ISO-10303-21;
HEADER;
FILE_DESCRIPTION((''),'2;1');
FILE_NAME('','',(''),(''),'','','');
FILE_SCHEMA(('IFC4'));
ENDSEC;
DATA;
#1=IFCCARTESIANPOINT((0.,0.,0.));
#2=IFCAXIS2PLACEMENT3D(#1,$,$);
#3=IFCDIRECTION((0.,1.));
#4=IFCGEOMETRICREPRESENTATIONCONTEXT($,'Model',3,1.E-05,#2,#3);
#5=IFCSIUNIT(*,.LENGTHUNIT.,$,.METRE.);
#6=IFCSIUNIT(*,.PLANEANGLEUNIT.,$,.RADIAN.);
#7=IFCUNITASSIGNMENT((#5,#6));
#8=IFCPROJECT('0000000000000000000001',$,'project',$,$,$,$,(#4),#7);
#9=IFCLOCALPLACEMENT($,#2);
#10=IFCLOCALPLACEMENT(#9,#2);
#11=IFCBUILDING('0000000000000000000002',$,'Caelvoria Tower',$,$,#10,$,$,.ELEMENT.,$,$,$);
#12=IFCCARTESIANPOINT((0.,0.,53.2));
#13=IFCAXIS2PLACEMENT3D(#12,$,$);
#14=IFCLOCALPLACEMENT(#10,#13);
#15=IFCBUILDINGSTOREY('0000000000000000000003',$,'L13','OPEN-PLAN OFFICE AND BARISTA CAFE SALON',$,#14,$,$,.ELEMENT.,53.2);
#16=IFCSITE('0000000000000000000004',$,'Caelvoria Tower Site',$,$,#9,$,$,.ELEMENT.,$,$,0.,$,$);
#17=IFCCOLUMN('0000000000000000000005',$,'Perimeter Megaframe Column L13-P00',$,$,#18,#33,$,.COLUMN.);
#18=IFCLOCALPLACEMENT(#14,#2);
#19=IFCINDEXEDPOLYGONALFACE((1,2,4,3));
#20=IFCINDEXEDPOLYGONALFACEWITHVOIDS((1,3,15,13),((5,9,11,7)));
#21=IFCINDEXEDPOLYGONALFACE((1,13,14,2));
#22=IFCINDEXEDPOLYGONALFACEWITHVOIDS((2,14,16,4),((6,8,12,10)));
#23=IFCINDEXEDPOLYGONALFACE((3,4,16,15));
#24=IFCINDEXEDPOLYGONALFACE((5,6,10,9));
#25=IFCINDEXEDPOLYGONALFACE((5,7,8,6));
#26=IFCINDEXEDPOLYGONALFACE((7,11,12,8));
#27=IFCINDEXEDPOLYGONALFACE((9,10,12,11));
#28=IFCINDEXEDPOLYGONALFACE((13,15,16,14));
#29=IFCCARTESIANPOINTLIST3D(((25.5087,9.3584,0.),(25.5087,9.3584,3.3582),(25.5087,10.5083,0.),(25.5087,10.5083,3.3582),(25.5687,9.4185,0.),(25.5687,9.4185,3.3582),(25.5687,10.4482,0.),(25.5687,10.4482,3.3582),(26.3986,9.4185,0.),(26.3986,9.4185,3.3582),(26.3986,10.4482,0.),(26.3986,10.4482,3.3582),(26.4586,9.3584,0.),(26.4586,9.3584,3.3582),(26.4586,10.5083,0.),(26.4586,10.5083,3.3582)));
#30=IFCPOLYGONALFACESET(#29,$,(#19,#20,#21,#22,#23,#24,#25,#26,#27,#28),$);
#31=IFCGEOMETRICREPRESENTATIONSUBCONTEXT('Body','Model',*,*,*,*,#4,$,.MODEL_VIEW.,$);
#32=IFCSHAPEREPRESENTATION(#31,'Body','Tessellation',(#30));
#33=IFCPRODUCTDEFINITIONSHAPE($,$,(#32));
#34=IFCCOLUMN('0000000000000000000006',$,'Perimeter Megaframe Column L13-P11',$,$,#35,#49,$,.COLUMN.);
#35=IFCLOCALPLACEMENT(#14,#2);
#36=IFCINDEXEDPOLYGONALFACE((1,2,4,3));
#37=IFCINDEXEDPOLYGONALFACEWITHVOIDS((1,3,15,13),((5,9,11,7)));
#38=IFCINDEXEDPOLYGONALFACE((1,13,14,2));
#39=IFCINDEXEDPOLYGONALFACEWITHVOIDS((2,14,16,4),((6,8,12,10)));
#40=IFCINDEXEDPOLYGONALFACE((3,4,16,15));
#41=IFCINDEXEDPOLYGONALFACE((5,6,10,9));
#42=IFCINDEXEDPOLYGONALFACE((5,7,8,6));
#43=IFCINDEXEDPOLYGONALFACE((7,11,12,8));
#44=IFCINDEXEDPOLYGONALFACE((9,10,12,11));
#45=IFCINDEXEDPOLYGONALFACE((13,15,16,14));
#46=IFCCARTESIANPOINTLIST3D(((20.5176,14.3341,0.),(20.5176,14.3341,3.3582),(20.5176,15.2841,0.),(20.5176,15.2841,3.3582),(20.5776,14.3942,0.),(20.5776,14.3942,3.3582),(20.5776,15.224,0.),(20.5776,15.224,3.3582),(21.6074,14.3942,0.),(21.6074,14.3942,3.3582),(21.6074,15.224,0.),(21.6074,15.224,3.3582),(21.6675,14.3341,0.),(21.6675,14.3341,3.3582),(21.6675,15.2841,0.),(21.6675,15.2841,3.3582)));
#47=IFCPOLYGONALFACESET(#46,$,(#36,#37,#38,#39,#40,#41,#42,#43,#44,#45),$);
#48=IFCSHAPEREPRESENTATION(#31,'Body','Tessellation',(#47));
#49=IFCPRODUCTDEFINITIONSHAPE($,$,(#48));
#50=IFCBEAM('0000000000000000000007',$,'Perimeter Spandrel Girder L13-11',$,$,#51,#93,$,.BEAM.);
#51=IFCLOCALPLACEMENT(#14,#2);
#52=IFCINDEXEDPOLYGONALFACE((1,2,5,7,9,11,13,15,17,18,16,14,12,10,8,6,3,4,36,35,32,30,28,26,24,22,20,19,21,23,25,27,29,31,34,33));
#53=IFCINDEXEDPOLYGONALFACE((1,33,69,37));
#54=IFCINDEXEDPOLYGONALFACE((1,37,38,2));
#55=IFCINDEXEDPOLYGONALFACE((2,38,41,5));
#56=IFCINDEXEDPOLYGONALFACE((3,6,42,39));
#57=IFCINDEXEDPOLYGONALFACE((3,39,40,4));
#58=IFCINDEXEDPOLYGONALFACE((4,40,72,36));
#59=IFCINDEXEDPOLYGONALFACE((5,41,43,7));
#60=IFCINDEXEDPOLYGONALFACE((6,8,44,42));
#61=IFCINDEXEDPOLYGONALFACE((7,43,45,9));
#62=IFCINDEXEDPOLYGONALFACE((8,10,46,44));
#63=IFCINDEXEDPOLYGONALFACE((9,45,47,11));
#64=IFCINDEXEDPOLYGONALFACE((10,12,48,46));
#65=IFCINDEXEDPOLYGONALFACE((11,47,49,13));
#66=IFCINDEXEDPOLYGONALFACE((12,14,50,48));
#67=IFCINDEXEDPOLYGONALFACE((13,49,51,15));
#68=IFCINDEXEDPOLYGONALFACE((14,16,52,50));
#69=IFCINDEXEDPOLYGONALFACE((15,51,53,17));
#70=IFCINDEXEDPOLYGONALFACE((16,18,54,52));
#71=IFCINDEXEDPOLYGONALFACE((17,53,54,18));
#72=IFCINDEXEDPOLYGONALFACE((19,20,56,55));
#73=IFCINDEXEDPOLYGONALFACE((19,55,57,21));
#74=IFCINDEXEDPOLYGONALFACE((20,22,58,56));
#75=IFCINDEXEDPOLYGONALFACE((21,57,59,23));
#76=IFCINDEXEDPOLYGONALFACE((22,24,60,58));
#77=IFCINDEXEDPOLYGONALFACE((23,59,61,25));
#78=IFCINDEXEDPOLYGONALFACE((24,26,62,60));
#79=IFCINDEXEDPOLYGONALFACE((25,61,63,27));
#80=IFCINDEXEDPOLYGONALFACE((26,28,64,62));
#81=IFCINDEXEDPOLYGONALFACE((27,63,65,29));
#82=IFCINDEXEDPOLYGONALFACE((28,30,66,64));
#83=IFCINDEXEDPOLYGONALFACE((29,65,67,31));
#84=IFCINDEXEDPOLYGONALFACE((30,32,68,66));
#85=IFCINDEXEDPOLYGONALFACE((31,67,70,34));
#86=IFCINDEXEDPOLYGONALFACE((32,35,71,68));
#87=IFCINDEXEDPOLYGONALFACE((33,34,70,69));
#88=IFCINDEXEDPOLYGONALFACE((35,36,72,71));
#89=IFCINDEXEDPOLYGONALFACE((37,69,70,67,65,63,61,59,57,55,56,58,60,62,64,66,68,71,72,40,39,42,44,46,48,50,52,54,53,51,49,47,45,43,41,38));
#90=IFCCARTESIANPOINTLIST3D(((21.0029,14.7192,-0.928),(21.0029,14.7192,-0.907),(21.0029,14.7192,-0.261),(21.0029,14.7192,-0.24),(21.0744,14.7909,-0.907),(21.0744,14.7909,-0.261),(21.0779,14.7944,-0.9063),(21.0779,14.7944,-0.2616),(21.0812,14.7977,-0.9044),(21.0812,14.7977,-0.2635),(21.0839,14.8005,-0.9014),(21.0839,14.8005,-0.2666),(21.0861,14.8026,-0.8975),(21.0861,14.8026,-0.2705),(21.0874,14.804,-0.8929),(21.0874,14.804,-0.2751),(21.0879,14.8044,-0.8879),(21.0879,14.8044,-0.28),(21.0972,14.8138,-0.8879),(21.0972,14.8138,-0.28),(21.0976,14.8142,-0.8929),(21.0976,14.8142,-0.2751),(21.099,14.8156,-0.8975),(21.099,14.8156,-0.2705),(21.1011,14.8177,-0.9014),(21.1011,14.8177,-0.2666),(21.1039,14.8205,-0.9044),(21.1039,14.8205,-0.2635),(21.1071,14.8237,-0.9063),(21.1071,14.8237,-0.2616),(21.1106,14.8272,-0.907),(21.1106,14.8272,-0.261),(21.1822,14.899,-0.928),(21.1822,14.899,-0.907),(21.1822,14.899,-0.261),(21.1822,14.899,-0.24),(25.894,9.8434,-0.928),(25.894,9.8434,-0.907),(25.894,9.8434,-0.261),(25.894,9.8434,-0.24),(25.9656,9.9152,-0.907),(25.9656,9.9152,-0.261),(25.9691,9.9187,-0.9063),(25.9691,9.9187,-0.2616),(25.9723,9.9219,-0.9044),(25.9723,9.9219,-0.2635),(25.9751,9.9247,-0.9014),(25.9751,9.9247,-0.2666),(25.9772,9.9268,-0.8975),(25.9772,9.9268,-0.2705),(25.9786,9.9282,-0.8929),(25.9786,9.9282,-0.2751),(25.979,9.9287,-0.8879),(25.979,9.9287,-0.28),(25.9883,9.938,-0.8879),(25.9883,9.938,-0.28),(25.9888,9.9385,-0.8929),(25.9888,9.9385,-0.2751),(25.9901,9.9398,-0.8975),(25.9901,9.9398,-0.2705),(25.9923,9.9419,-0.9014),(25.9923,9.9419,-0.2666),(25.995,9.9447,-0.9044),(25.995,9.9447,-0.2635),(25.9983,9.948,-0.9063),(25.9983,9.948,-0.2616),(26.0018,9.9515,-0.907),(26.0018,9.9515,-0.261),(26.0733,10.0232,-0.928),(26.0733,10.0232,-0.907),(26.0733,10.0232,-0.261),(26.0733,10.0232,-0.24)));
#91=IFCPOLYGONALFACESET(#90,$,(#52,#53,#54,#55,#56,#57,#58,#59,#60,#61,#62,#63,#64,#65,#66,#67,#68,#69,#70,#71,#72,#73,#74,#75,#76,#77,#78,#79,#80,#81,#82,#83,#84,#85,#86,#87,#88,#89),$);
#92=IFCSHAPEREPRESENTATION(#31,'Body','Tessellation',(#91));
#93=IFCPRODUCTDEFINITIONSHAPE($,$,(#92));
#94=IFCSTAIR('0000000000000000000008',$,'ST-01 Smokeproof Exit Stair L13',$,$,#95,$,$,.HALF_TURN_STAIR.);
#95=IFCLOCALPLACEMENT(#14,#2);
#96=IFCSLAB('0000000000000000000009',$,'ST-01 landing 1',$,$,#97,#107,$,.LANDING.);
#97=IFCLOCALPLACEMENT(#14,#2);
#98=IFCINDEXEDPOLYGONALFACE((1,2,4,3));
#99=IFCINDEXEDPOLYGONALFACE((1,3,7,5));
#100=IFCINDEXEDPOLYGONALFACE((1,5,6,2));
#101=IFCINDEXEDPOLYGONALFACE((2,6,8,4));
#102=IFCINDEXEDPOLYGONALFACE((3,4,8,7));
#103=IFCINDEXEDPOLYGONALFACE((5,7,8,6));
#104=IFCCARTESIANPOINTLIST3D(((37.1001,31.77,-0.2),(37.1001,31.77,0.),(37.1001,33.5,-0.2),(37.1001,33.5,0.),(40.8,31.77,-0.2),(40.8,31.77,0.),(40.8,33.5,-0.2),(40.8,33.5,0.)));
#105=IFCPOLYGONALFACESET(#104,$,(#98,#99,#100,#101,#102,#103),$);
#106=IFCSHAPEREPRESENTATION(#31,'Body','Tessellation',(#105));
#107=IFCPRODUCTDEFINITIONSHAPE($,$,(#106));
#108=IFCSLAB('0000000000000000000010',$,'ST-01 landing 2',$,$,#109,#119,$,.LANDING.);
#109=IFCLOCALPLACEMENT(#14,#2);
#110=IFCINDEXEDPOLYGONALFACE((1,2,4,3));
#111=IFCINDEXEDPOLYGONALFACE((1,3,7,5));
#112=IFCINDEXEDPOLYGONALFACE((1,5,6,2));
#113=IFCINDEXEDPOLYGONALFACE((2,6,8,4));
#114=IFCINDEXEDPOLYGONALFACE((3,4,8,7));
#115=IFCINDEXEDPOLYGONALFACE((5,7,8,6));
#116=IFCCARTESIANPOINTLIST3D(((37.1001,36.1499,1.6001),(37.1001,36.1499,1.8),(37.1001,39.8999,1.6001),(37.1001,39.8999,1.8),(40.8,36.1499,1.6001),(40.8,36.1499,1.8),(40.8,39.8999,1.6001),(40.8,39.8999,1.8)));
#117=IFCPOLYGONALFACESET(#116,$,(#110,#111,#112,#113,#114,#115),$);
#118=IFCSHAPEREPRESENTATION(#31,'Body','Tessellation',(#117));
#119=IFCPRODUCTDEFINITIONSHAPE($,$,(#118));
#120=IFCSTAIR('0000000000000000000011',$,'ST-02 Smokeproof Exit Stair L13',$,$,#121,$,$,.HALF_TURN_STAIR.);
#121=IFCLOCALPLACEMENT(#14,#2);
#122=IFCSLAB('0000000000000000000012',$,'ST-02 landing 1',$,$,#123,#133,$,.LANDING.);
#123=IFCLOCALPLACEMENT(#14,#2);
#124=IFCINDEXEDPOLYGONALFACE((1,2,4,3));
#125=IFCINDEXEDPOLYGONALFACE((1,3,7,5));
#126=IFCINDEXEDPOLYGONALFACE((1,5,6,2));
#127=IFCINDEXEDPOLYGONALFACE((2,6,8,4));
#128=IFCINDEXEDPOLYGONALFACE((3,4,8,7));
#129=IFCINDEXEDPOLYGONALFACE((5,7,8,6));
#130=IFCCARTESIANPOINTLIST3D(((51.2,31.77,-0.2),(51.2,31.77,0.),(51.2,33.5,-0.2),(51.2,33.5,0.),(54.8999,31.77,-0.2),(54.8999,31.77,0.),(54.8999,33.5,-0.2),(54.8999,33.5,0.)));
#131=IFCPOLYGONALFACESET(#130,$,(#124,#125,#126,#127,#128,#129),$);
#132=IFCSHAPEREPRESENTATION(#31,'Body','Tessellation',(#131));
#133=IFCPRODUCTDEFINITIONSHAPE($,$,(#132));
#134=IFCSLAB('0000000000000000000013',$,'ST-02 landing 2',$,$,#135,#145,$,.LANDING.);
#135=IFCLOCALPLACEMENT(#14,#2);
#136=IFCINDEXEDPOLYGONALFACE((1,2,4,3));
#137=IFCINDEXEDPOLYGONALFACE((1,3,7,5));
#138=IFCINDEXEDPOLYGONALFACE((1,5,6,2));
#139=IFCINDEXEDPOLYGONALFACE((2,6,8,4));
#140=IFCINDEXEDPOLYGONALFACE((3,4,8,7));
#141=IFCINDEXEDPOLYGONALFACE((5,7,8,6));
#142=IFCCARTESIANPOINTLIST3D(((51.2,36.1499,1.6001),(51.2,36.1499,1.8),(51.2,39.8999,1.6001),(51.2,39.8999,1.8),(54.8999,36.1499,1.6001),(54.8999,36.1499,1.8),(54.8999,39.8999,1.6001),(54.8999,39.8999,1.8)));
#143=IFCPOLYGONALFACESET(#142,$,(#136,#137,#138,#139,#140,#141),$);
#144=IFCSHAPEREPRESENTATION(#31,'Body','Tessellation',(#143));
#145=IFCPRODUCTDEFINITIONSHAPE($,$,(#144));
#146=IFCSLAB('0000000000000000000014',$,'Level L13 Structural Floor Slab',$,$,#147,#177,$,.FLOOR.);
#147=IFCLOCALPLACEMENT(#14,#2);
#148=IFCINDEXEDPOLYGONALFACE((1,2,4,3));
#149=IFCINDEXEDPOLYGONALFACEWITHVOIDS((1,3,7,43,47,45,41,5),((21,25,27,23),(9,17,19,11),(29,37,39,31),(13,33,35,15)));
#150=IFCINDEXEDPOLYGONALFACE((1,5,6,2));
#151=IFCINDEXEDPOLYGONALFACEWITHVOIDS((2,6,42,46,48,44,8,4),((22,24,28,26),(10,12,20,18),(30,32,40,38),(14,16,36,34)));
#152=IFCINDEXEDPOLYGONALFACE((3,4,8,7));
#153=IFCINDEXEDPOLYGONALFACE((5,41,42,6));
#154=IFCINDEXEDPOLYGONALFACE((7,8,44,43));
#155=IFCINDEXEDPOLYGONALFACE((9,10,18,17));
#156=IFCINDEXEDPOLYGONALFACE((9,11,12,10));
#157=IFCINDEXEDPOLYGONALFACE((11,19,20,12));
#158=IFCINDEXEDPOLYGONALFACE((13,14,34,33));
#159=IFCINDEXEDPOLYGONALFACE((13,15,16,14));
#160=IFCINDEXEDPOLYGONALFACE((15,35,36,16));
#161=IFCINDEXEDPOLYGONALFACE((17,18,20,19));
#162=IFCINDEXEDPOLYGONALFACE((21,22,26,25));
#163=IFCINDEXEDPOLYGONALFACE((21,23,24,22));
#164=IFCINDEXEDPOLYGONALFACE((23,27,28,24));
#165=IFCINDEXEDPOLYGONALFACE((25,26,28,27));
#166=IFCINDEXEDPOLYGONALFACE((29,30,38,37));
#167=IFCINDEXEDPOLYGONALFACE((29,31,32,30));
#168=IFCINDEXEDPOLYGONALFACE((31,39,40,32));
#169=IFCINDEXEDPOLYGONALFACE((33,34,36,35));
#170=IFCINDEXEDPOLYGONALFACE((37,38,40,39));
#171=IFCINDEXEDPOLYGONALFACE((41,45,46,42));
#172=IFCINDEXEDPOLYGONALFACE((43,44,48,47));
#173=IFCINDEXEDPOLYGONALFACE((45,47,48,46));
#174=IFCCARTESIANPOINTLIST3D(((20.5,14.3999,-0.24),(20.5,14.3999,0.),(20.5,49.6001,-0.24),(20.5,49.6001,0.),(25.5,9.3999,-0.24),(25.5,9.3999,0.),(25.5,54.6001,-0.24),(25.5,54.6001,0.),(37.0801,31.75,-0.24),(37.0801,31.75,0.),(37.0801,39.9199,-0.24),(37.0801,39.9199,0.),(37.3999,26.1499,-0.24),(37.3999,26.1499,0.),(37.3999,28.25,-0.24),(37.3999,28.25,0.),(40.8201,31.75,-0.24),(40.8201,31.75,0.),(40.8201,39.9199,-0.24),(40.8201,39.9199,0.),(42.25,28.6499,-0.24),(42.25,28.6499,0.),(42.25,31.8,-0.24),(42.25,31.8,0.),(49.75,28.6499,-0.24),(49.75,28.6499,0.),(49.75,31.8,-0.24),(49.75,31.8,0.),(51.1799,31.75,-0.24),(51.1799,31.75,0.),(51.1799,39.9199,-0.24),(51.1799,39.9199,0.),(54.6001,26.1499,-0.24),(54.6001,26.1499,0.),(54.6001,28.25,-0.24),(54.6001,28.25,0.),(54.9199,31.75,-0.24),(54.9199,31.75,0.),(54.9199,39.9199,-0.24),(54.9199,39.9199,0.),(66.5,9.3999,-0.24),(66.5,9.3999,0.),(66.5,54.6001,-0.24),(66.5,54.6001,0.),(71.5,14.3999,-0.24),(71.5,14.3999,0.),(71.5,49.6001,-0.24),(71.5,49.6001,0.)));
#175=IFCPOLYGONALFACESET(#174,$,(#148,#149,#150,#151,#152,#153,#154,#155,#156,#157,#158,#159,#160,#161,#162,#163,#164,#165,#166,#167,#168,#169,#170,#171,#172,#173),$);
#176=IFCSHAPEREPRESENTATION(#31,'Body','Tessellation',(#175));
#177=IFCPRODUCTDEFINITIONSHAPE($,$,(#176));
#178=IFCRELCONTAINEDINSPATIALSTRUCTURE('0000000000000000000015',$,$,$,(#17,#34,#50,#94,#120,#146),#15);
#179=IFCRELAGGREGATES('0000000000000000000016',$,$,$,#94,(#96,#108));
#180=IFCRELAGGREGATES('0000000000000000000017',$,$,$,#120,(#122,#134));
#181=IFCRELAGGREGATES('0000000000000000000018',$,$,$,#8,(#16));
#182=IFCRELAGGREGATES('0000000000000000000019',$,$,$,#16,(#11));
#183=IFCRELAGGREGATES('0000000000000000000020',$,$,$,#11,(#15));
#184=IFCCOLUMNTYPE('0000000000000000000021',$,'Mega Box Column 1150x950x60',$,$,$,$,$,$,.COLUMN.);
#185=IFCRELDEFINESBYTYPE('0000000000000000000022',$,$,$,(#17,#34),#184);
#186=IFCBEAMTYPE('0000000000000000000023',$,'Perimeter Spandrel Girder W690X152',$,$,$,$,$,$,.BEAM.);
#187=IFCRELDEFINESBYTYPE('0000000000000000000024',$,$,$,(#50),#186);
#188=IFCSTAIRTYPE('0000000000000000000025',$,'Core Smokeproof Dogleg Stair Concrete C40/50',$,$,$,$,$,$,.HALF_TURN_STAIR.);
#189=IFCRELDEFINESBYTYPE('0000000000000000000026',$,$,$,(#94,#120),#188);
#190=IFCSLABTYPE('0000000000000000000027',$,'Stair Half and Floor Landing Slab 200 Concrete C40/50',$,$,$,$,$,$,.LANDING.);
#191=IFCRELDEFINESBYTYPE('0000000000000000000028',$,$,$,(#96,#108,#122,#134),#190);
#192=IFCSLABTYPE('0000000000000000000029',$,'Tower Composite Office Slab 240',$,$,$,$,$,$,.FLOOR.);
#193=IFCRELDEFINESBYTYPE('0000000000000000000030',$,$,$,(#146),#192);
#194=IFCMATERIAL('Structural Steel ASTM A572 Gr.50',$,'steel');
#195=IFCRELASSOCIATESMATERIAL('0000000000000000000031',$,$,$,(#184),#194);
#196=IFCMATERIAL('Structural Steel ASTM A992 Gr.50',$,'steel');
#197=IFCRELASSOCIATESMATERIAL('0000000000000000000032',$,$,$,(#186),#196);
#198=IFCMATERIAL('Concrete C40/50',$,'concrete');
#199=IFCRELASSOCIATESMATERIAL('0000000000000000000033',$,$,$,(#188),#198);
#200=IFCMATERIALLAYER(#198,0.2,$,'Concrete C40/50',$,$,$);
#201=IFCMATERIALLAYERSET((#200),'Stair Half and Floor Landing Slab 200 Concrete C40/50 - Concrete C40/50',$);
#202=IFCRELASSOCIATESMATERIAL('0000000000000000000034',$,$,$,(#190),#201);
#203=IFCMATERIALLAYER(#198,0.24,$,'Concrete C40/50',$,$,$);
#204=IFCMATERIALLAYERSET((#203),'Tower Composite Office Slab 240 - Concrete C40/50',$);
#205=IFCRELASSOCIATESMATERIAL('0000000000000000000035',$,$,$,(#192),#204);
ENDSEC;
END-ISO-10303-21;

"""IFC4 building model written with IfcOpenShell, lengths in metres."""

from ifc_helpers import new_model, si_unit, direction, frame, origin, origin_2d, place, context, subcontext, project, spatial, polyline, hollow_rectangle, i_section, outline, extrude, material, layer, layer_set, material_profile, profile_set, type_object, element, aggregate, save


model = new_model("IFC4")

# Units and contexts
model_context = context("Model", 3, precision=1e-05, world=origin(), true_north=direction((0.0, 1.0)))
body_context = subcontext(model_context, "Body", "Model", "MODEL_VIEW")
ifc_project = project(units=[si_unit("LENGTHUNIT", "METRE"), si_unit("PLANEANGLEUNIT", "RADIAN")], contexts=[model_context])

# Site, building, storey
site_placement = place(None, origin())
site = spatial("IfcSite", under=ifc_project, at=site_placement, Name="Caelvoria Tower Site", CompositionType="ELEMENT", RefElevation=0.0)
building_placement = place(site_placement, origin())
building = spatial("IfcBuilding", under=site, at=building_placement, Name="Caelvoria Tower", CompositionType="ELEMENT")
storey_placement = place(building_placement, frame((0.0, 0.0, 53.2)))
storey = spatial("IfcBuildingStorey", under=building, at=storey_placement, Name="L13", Description="OPEN-PLAN OFFICE AND BARISTA CAFE SALON", CompositionType="ELEMENT", Elevation=53.2)

# Columns
ifc_material_1 = material(Name="Structural Steel ASTM A572 Gr.50", Category="steel")
ifc_material_profile_1 = material_profile(ifc_material_1, hollow_rectangle(XDim=0.95, YDim=1.1499, WallThickness=0.0601, at=origin_2d()), Name="Structural Steel ASTM A572 Gr.50")
ifc_profile_set_1 = profile_set([ifc_material_profile_1], Name="BOX1150X950X60 - Structural Steel ASTM A572 Gr.50")
column_type = type_object("IfcColumnType", Name="Mega Box Column 1150x950x60", PredefinedType="COLUMN", material=ifc_profile_set_1)
for number, where, z_axis, x_axis, name in (
    (1, (25.9836, 9.9333, 0.0), (0.0, 0.0, 1.0), (1.0, 0.0, 0.0), "Perimeter Megaframe Column L13-P00"),
    (2, (21.0925, 14.8091, 0.0), (0.0, 0.0, 1.0), (0.0, 1.0, 0.0), "Perimeter Megaframe Column L13-P11"),
):
    element("IfcColumn", number, at=place(storey_placement, frame(where, z_axis=z_axis, x_axis=x_axis)), inside=storey, type_object=column_type, Name=name, PredefinedType="COLUMN", context=body_context, shape_type="SweptSolid", body=[
        extrude(hollow_rectangle(XDim=0.95, YDim=1.1499, WallThickness=0.0601, at=origin_2d()), origin(), (0.0, 0.0, 1.0), 3.3582),
    ])

# Beam
ifc_material_2 = material(Name="Structural Steel ASTM A992 Gr.50", Category="steel")
ifc_material_profile_2 = material_profile(ifc_material_2, i_section(OverallWidth=0.2539, OverallDepth=0.688, WebThickness=0.0132, FlangeThickness=0.021, FilletRadius=0.019, at=origin_2d()), Name="Structural Steel ASTM A992 Gr.50")
ifc_profile_set_2 = profile_set([ifc_material_profile_2], Name="W690X152 - Structural Steel ASTM A992 Gr.50")
beam_type = type_object("IfcBeamType", Name="Perimeter Spandrel Girder W690X152", PredefinedType="BEAM", material=ifc_profile_set_2)
beam_placement = place(storey_placement, frame((21.0925, 14.8091, -0.584), z_axis=(0.708219, -0.705992, 0.0), x_axis=(0.705992, 0.708219, 0.0)))
element("IfcBeam", 3, at=beam_placement, inside=storey, type_object=beam_type, Name="Perimeter Spandrel Girder L13-11", PredefinedType="BEAM", context=body_context, shape_type="SweptSolid", body=[
    extrude(i_section(OverallWidth=0.2539, OverallDepth=0.688, WebThickness=0.0132, FlangeThickness=0.021, FilletRadius=0.019, at=origin_2d()), origin(), (0.0, 0.0, 1.0), 6.9062),
])

# Stairs, slabs
ifc_material_3 = material(Name="Concrete C40/50", Category="concrete")
stair_type = type_object("IfcStairType", Name="Core Smokeproof Dogleg Stair Concrete C40/50", PredefinedType="HALF_TURN_STAIR", material=ifc_material_3)
stair_1_placement = place(storey_placement, origin())
stair_1 = element("IfcStair", 4, at=stair_1_placement, inside=storey, type_object=stair_type, Name="ST-01 Smokeproof Exit Stair L13", PredefinedType="HALF_TURN_STAIR")
ifc_layer_1 = layer(ifc_material_3, 0.2, Name="Concrete C40/50")
ifc_layer_set_1 = layer_set([ifc_layer_1], Name="Stair Half and Floor Landing Slab 200 Concrete C40/50 - Concrete C40/50")
slab_type_1 = type_object("IfcSlabType", Name="Stair Half and Floor Landing Slab 200 Concrete C40/50", PredefinedType="LANDING", material=ifc_layer_set_1)
slab_1_placement = place(storey_placement, frame((0.0, 0.0, -0.2)))
slab_1 = element("IfcSlab", 5, at=slab_1_placement, type_object=slab_type_1, Name="ST-01 landing 1", PredefinedType="LANDING", context=body_context, shape_type="SweptSolid", body=[
    extrude(outline(polyline([(37.1001, 31.77), (40.8, 31.77), (40.8, 33.5), (37.1001, 33.5), (37.1001, 31.77)])), origin(), (0.0, 0.0, 1.0), 0.2),
])
slab_2_placement = place(storey_placement, frame((0.0, 0.0, 1.6001)))
slab_2 = element("IfcSlab", 6, at=slab_2_placement, type_object=slab_type_1, Name="ST-01 landing 2", PredefinedType="LANDING", context=body_context, shape_type="SweptSolid", body=[
    extrude(outline(polyline([(37.1001, 36.1499), (40.8, 36.1499), (40.8, 39.8999), (37.1001, 39.8999), (37.1001, 36.1499)])), origin(), (0.0, 0.0, 1.0), 0.2),
])
aggregate(stair_1, [slab_1, slab_2])
stair_2_placement = place(storey_placement, origin())
stair_2 = element("IfcStair", 7, at=stair_2_placement, inside=storey, type_object=stair_type, Name="ST-02 Smokeproof Exit Stair L13", PredefinedType="HALF_TURN_STAIR")
slab_3_placement = place(storey_placement, frame((0.0, 0.0, -0.2)))
slab_3 = element("IfcSlab", 8, at=slab_3_placement, type_object=slab_type_1, Name="ST-02 landing 1", PredefinedType="LANDING", context=body_context, shape_type="SweptSolid", body=[
    extrude(outline(polyline([(51.2, 31.77), (54.8999, 31.77), (54.8999, 33.5), (51.2, 33.5), (51.2, 31.77)])), origin(), (0.0, 0.0, 1.0), 0.2),
])
slab_4_placement = place(storey_placement, frame((0.0, 0.0, 1.6001)))
slab_4 = element("IfcSlab", 9, at=slab_4_placement, type_object=slab_type_1, Name="ST-02 landing 2", PredefinedType="LANDING", context=body_context, shape_type="SweptSolid", body=[
    extrude(outline(polyline([(51.2, 36.1499), (54.8999, 36.1499), (54.8999, 39.8999), (51.2, 39.8999), (51.2, 36.1499)])), origin(), (0.0, 0.0, 1.0), 0.2),
])
aggregate(stair_2, [slab_3, slab_4])

# Slab
ifc_layer_2 = layer(ifc_material_3, 0.24, Name="Concrete C40/50")
ifc_layer_set_2 = layer_set([ifc_layer_2], Name="Tower Composite Office Slab 240 - Concrete C40/50")
slab_type_2 = type_object("IfcSlabType", Name="Tower Composite Office Slab 240", PredefinedType="FLOOR", material=ifc_layer_set_2)
slab_5_placement = place(storey_placement, frame((0.0, 0.0, -0.24)))
element("IfcSlab", 10, at=slab_5_placement, inside=storey, type_object=slab_type_2, Name="Level L13 Structural Floor Slab", PredefinedType="FLOOR", context=body_context, shape_type="SweptSolid", body=[
    extrude(outline(polyline([(25.5, 9.3999), (66.5, 9.3999), (71.5, 14.3999), (71.5, 49.6001), (66.5, 54.6001), (25.5, 54.6001), (20.5, 49.6001), (20.5, 14.3999), (25.5, 9.3999)]), holes=[polyline([(37.0801, 31.75), (40.8201, 31.75), (40.8201, 39.9199), (37.0801, 39.9199), (37.0801, 31.75)]), polyline([(51.1799, 31.75), (54.9199, 31.75), (54.9199, 39.9199), (51.1799, 39.9199), (51.1799, 31.75)]), polyline([(42.25, 28.6499), (49.75, 28.6499), (49.75, 31.8), (42.25, 31.8), (42.25, 28.6499)]), polyline([(37.3999, 26.1499), (54.6001, 26.1499), (54.6001, 28.25), (37.3999, 28.25), (37.3999, 26.1499)])]), origin(), (0.0, 0.0, 1.0), 0.24),
])

save(model, "model.ifc")
